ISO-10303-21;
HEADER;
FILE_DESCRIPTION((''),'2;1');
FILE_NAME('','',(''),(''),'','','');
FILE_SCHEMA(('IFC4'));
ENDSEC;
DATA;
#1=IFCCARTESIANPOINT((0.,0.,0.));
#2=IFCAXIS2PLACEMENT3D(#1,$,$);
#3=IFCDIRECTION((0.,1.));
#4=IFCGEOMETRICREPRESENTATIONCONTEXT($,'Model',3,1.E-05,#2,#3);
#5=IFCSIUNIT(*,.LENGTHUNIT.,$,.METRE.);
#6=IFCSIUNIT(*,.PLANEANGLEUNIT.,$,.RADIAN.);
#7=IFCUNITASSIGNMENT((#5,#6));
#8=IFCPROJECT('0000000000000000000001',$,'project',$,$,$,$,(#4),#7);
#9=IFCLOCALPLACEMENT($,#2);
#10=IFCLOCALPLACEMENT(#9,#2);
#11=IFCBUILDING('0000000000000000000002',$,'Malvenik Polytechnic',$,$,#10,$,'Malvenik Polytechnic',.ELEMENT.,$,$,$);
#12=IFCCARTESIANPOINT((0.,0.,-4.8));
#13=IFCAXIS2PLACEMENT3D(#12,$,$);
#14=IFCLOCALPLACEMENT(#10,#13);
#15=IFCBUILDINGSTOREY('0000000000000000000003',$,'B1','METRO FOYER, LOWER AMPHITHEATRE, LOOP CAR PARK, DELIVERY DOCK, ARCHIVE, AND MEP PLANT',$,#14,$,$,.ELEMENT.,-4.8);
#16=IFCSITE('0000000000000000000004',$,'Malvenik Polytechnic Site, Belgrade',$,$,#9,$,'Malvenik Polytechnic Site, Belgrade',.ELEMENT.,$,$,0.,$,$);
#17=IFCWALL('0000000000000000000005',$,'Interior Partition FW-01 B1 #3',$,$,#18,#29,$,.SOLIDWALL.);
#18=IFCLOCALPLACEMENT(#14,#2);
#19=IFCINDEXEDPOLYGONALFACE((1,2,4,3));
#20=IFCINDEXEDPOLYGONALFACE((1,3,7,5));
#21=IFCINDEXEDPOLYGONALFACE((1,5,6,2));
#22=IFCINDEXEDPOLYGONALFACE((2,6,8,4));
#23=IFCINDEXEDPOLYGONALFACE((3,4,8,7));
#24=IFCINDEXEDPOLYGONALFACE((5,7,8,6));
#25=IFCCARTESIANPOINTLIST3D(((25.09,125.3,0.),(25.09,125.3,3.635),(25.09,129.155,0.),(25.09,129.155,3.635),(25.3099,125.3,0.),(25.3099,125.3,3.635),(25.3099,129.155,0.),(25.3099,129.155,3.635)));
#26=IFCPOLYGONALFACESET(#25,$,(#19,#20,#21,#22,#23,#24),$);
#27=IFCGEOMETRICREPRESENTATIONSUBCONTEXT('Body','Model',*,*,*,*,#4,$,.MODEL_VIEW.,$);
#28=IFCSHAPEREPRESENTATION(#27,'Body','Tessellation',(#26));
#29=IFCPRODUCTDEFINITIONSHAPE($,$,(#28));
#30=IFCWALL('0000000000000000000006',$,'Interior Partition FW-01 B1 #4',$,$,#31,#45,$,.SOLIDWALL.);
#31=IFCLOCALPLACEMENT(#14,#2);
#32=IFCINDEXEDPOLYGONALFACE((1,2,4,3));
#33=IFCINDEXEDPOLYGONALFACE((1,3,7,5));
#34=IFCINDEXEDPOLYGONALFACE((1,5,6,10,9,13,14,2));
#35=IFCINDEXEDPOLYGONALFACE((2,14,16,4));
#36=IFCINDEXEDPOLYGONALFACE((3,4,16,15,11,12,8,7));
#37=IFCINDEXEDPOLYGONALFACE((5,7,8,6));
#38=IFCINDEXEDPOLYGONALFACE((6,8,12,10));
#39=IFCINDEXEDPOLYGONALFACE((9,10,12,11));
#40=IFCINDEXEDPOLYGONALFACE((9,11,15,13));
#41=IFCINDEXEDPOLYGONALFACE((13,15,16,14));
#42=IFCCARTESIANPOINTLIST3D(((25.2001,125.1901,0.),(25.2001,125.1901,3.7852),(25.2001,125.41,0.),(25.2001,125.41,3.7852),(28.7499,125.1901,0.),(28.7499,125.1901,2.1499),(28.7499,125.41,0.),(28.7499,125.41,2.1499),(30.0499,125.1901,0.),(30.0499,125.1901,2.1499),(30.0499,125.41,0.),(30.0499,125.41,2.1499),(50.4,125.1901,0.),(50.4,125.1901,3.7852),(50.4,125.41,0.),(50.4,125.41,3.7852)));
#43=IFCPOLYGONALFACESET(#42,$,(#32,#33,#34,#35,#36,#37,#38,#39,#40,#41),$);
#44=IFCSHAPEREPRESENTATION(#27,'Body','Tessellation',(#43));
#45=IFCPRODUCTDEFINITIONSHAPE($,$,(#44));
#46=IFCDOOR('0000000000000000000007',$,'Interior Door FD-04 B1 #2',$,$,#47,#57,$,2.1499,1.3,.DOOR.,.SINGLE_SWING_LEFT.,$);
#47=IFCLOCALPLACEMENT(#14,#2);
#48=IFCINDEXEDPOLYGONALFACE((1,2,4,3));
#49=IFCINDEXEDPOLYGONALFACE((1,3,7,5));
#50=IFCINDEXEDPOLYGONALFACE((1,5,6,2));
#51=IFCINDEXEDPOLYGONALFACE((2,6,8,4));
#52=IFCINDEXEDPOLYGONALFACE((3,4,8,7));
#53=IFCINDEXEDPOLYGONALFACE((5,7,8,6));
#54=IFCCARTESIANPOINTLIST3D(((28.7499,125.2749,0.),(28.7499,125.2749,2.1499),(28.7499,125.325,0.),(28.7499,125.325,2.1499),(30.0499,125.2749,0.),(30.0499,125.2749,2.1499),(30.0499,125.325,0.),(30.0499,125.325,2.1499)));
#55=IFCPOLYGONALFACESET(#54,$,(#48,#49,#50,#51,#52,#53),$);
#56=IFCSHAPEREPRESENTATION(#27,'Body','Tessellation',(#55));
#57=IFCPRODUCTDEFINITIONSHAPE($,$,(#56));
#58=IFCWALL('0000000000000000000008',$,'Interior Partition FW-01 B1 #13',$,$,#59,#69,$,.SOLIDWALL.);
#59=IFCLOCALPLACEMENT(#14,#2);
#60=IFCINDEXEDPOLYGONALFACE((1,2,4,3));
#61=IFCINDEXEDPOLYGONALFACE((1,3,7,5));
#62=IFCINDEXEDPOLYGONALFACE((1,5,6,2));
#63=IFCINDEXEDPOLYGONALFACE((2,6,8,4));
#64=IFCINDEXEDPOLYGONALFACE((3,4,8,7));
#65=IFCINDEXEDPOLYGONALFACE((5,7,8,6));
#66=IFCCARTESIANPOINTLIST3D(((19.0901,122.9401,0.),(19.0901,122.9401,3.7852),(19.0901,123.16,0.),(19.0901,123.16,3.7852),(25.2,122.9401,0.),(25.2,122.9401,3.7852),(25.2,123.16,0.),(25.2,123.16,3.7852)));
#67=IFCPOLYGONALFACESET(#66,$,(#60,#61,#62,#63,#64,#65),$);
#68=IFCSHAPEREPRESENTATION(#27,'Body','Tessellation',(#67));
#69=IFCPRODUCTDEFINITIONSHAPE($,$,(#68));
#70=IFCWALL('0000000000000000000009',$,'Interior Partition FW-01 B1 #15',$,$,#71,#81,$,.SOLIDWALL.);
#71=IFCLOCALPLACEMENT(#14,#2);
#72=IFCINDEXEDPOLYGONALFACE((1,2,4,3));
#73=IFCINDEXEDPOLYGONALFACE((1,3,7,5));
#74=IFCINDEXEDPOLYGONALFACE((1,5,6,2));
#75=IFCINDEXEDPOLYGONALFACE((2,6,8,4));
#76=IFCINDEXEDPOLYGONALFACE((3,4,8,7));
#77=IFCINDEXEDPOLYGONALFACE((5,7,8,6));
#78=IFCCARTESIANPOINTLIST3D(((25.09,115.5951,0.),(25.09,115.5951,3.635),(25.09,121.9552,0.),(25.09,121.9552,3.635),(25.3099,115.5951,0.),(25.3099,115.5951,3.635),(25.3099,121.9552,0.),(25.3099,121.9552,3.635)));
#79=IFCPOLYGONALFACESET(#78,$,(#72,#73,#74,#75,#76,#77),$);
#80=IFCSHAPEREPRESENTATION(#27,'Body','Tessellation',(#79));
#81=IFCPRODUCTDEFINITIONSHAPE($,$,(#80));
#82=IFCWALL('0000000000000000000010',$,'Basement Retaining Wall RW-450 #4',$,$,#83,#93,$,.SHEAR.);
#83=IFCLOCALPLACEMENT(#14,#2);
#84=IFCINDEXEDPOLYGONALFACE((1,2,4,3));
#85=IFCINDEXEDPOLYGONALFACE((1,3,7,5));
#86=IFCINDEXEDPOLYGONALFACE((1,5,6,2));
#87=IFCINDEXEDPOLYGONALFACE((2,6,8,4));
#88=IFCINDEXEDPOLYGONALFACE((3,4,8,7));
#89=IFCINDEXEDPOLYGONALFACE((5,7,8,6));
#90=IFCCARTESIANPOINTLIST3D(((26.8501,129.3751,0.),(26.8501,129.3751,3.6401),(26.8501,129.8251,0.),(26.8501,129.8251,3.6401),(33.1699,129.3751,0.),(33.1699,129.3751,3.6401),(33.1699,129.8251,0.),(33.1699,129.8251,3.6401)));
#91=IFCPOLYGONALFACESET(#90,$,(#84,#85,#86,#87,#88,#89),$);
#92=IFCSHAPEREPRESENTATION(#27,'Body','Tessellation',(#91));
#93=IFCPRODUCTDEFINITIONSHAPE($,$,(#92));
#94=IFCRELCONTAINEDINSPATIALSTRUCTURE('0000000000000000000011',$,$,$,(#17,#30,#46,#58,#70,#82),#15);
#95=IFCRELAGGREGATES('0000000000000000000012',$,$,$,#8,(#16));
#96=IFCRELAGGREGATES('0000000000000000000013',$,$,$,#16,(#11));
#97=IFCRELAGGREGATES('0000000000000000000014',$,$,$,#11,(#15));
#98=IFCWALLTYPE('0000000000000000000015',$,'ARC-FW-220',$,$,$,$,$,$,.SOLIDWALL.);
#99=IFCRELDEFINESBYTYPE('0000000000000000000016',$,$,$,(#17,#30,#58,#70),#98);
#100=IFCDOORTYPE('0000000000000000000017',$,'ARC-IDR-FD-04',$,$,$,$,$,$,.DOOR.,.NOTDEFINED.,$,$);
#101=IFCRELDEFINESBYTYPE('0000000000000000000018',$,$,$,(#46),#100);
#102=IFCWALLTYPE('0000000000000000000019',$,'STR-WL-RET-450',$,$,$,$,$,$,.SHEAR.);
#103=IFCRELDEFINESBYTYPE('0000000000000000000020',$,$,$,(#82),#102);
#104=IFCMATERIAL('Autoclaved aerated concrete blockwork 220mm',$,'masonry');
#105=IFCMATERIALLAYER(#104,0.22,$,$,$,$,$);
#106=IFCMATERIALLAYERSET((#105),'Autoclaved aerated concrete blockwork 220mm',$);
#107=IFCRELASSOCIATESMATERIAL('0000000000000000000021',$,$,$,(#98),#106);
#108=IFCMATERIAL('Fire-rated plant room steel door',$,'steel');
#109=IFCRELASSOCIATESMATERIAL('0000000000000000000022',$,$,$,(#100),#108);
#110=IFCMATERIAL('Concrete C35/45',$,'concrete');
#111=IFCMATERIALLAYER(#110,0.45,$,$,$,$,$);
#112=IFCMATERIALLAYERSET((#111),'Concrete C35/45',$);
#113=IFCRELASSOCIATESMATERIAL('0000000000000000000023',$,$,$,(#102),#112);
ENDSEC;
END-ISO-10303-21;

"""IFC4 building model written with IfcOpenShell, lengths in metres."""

from ifc_helpers import new_model, si_unit, direction, frame, frame_2d, origin, place, context, subcontext, project, spatial, rectangle, extrude, material, layer, layer_set, type_object, element, fill, save


model = new_model("IFC4")

# Units and contexts
model_context = context("Model", 3, precision=1e-05, world=origin(), true_north=direction((0.0, 1.0)))
body_context = subcontext(model_context, "Body", "Model", "MODEL_VIEW")
ifc_project = project(units=[si_unit("LENGTHUNIT", "METRE"), si_unit("PLANEANGLEUNIT", "RADIAN")], contexts=[model_context])

# Site, building, storey
site_placement = place(None, origin())
site = spatial("IfcSite", under=ifc_project, at=site_placement, Name="Malvenik Polytechnic Site, Belgrade", LongName="Malvenik Polytechnic Site, Belgrade", CompositionType="ELEMENT", RefElevation=0.0)
building_placement = place(site_placement, origin())
building = spatial("IfcBuilding", under=site, at=building_placement, Name="Malvenik Polytechnic", LongName="Malvenik Polytechnic", CompositionType="ELEMENT")
storey_placement = place(building_placement, frame((0.0, 0.0, -4.8)))
storey = spatial("IfcBuildingStorey", under=building, at=storey_placement, Name="B1", Description="METRO FOYER, LOWER AMPHITHEATRE, LOOP CAR PARK, DELIVERY DOCK, ARCHIVE, AND MEP PLANT", CompositionType="ELEMENT", Elevation=-4.8)

# Shared definitions
ifc_material_1 = material(Name="Concrete C35/45", Category="concrete")

# Wall
ifc_material_2 = material(Name="Autoclaved aerated concrete blockwork 220mm", Category="masonry")
ifc_layer_1 = layer(ifc_material_2, 0.22)
ifc_layer_set_1 = layer_set([ifc_layer_1], Name="Autoclaved aerated concrete blockwork 220mm")
wall_type_1 = type_object("IfcWallType", Name="ARC-FW-220", PredefinedType="SOLIDWALL", material=ifc_layer_set_1)
wall_1_placement = place(storey_placement, frame((25.2, 125.3, 0.0), z_axis=(0.0, 0.0, 1.0), x_axis=(0.0, 1.0, 0.0)))
element("IfcWall", 1, at=wall_1_placement, inside=storey, type_object=wall_type_1, Name="Interior Partition FW-01 B1 #3", PredefinedType="SOLIDWALL", context=body_context, shape_type="SweptSolid", body=[
    extrude(rectangle(XDim=3.855, YDim=0.22, at=frame_2d((1.9275, 0.0))), origin(), (0.0, 0.0, 1.0), 3.635),
])

# Wall, opening, door
wall_2_placement = place(storey_placement, frame((25.2, 125.3, 0.0), z_axis=(0.0, 0.0, 1.0), x_axis=(1.0, 0.0, 0.0)))
wall_2 = element("IfcWall", 2, at=wall_2_placement, inside=storey, type_object=wall_type_1, Name="Interior Partition FW-01 B1 #4", PredefinedType="SOLIDWALL", context=body_context, shape_type="SweptSolid", body=[
    extrude(rectangle(XDim=25.2, YDim=0.22, at=frame_2d((12.6001, 0.0))), origin(), (0.0, 0.0, 1.0), 3.7852),
])
opening_placement = place(wall_2_placement, frame((3.55, 0.0, 0.0)))
opening = element("IfcOpeningElement", 3, at=opening_placement, cuts=wall_2, PredefinedType="OPENING", context=body_context, shape_type="SweptSolid", body=[
    extrude(rectangle(XDim=1.3, YDim=2.1499, at=frame_2d((0.6499, 1.075))), frame((0.0, 0.1201, 0.0), z_axis=(0.0, -1.0, 0.0), x_axis=(1.0, 0.0, 0.0)), (0.0, 0.0, 1.0), 0.24),
])
ifc_material_3 = material(Name="Fire-rated plant room steel door", Category="steel")
door_type = type_object("IfcDoorType", Name="ARC-IDR-FD-04", OperationType="NOTDEFINED", PredefinedType="DOOR", material=ifc_material_3)
door_placement = place(opening_placement, origin())
door = element("IfcDoor", 4, at=door_placement, inside=storey, type_object=door_type, Name="Interior Door FD-04 B1 #2", OperationType="SINGLE_SWING_LEFT", OverallHeight=2.1499, OverallWidth=1.3, PredefinedType="DOOR", context=body_context, shape_type="SweptSolid", body=[
    extrude(rectangle(XDim=1.3, YDim=2.1499, at=frame_2d((0.6499, 1.075))), frame((0.0, 0.0249, 0.0), z_axis=(0.0, -1.0, 0.0), x_axis=(1.0, 0.0, 0.0)), (0.0, 0.0, 1.0), 0.05),
])
fill(opening, door)

# Walls
wall_3_placement = place(storey_placement, frame((25.2, 123.05, 0.0), z_axis=(0.0, 0.0, 1.0), x_axis=(-1.0, 0.0, 0.0)))
element("IfcWall", 5, at=wall_3_placement, inside=storey, type_object=wall_type_1, Name="Interior Partition FW-01 B1 #13", PredefinedType="SOLIDWALL", context=body_context, shape_type="SweptSolid", body=[
    extrude(rectangle(XDim=6.1099, YDim=0.22, at=frame_2d((3.0549, 0.0))), origin(), (0.0, 0.0, 1.0), 3.7852),
])
wall_4_placement = place(storey_placement, frame((25.2, 115.595, 0.0), z_axis=(0.0, 0.0, 1.0), x_axis=(0.0, 1.0, 0.0)))
element("IfcWall", 6, at=wall_4_placement, inside=storey, type_object=wall_type_1, Name="Interior Partition FW-01 B1 #15", PredefinedType="SOLIDWALL", context=body_context, shape_type="SweptSolid", body=[
    extrude(rectangle(XDim=6.3601, YDim=0.22, at=frame_2d((3.1802, 0.0))), origin(), (0.0, 0.0, 1.0), 3.635),
])
ifc_layer_2 = layer(ifc_material_1, 0.45)
ifc_layer_set_2 = layer_set([ifc_layer_2], Name="Concrete C35/45")
wall_type_2 = type_object("IfcWallType", Name="STR-WL-RET-450", PredefinedType="SHEAR", material=ifc_layer_set_2)
wall_5_placement = place(storey_placement, frame((26.8501, 129.6001, 0.0), z_axis=(0.0, 0.0, 1.0), x_axis=(1.0, 0.0, 0.0)))
element("IfcWall", 7, at=wall_5_placement, inside=storey, type_object=wall_type_2, Name="Basement Retaining Wall RW-450 #4", PredefinedType="SHEAR", context=body_context, shape_type="SweptSolid", body=[
    extrude(rectangle(XDim=6.3198, YDim=0.45, at=frame_2d((3.1599, 0.0))), origin(), (0.0, 0.0, 1.0), 3.6401),
])

save(model, "model.ifc")
